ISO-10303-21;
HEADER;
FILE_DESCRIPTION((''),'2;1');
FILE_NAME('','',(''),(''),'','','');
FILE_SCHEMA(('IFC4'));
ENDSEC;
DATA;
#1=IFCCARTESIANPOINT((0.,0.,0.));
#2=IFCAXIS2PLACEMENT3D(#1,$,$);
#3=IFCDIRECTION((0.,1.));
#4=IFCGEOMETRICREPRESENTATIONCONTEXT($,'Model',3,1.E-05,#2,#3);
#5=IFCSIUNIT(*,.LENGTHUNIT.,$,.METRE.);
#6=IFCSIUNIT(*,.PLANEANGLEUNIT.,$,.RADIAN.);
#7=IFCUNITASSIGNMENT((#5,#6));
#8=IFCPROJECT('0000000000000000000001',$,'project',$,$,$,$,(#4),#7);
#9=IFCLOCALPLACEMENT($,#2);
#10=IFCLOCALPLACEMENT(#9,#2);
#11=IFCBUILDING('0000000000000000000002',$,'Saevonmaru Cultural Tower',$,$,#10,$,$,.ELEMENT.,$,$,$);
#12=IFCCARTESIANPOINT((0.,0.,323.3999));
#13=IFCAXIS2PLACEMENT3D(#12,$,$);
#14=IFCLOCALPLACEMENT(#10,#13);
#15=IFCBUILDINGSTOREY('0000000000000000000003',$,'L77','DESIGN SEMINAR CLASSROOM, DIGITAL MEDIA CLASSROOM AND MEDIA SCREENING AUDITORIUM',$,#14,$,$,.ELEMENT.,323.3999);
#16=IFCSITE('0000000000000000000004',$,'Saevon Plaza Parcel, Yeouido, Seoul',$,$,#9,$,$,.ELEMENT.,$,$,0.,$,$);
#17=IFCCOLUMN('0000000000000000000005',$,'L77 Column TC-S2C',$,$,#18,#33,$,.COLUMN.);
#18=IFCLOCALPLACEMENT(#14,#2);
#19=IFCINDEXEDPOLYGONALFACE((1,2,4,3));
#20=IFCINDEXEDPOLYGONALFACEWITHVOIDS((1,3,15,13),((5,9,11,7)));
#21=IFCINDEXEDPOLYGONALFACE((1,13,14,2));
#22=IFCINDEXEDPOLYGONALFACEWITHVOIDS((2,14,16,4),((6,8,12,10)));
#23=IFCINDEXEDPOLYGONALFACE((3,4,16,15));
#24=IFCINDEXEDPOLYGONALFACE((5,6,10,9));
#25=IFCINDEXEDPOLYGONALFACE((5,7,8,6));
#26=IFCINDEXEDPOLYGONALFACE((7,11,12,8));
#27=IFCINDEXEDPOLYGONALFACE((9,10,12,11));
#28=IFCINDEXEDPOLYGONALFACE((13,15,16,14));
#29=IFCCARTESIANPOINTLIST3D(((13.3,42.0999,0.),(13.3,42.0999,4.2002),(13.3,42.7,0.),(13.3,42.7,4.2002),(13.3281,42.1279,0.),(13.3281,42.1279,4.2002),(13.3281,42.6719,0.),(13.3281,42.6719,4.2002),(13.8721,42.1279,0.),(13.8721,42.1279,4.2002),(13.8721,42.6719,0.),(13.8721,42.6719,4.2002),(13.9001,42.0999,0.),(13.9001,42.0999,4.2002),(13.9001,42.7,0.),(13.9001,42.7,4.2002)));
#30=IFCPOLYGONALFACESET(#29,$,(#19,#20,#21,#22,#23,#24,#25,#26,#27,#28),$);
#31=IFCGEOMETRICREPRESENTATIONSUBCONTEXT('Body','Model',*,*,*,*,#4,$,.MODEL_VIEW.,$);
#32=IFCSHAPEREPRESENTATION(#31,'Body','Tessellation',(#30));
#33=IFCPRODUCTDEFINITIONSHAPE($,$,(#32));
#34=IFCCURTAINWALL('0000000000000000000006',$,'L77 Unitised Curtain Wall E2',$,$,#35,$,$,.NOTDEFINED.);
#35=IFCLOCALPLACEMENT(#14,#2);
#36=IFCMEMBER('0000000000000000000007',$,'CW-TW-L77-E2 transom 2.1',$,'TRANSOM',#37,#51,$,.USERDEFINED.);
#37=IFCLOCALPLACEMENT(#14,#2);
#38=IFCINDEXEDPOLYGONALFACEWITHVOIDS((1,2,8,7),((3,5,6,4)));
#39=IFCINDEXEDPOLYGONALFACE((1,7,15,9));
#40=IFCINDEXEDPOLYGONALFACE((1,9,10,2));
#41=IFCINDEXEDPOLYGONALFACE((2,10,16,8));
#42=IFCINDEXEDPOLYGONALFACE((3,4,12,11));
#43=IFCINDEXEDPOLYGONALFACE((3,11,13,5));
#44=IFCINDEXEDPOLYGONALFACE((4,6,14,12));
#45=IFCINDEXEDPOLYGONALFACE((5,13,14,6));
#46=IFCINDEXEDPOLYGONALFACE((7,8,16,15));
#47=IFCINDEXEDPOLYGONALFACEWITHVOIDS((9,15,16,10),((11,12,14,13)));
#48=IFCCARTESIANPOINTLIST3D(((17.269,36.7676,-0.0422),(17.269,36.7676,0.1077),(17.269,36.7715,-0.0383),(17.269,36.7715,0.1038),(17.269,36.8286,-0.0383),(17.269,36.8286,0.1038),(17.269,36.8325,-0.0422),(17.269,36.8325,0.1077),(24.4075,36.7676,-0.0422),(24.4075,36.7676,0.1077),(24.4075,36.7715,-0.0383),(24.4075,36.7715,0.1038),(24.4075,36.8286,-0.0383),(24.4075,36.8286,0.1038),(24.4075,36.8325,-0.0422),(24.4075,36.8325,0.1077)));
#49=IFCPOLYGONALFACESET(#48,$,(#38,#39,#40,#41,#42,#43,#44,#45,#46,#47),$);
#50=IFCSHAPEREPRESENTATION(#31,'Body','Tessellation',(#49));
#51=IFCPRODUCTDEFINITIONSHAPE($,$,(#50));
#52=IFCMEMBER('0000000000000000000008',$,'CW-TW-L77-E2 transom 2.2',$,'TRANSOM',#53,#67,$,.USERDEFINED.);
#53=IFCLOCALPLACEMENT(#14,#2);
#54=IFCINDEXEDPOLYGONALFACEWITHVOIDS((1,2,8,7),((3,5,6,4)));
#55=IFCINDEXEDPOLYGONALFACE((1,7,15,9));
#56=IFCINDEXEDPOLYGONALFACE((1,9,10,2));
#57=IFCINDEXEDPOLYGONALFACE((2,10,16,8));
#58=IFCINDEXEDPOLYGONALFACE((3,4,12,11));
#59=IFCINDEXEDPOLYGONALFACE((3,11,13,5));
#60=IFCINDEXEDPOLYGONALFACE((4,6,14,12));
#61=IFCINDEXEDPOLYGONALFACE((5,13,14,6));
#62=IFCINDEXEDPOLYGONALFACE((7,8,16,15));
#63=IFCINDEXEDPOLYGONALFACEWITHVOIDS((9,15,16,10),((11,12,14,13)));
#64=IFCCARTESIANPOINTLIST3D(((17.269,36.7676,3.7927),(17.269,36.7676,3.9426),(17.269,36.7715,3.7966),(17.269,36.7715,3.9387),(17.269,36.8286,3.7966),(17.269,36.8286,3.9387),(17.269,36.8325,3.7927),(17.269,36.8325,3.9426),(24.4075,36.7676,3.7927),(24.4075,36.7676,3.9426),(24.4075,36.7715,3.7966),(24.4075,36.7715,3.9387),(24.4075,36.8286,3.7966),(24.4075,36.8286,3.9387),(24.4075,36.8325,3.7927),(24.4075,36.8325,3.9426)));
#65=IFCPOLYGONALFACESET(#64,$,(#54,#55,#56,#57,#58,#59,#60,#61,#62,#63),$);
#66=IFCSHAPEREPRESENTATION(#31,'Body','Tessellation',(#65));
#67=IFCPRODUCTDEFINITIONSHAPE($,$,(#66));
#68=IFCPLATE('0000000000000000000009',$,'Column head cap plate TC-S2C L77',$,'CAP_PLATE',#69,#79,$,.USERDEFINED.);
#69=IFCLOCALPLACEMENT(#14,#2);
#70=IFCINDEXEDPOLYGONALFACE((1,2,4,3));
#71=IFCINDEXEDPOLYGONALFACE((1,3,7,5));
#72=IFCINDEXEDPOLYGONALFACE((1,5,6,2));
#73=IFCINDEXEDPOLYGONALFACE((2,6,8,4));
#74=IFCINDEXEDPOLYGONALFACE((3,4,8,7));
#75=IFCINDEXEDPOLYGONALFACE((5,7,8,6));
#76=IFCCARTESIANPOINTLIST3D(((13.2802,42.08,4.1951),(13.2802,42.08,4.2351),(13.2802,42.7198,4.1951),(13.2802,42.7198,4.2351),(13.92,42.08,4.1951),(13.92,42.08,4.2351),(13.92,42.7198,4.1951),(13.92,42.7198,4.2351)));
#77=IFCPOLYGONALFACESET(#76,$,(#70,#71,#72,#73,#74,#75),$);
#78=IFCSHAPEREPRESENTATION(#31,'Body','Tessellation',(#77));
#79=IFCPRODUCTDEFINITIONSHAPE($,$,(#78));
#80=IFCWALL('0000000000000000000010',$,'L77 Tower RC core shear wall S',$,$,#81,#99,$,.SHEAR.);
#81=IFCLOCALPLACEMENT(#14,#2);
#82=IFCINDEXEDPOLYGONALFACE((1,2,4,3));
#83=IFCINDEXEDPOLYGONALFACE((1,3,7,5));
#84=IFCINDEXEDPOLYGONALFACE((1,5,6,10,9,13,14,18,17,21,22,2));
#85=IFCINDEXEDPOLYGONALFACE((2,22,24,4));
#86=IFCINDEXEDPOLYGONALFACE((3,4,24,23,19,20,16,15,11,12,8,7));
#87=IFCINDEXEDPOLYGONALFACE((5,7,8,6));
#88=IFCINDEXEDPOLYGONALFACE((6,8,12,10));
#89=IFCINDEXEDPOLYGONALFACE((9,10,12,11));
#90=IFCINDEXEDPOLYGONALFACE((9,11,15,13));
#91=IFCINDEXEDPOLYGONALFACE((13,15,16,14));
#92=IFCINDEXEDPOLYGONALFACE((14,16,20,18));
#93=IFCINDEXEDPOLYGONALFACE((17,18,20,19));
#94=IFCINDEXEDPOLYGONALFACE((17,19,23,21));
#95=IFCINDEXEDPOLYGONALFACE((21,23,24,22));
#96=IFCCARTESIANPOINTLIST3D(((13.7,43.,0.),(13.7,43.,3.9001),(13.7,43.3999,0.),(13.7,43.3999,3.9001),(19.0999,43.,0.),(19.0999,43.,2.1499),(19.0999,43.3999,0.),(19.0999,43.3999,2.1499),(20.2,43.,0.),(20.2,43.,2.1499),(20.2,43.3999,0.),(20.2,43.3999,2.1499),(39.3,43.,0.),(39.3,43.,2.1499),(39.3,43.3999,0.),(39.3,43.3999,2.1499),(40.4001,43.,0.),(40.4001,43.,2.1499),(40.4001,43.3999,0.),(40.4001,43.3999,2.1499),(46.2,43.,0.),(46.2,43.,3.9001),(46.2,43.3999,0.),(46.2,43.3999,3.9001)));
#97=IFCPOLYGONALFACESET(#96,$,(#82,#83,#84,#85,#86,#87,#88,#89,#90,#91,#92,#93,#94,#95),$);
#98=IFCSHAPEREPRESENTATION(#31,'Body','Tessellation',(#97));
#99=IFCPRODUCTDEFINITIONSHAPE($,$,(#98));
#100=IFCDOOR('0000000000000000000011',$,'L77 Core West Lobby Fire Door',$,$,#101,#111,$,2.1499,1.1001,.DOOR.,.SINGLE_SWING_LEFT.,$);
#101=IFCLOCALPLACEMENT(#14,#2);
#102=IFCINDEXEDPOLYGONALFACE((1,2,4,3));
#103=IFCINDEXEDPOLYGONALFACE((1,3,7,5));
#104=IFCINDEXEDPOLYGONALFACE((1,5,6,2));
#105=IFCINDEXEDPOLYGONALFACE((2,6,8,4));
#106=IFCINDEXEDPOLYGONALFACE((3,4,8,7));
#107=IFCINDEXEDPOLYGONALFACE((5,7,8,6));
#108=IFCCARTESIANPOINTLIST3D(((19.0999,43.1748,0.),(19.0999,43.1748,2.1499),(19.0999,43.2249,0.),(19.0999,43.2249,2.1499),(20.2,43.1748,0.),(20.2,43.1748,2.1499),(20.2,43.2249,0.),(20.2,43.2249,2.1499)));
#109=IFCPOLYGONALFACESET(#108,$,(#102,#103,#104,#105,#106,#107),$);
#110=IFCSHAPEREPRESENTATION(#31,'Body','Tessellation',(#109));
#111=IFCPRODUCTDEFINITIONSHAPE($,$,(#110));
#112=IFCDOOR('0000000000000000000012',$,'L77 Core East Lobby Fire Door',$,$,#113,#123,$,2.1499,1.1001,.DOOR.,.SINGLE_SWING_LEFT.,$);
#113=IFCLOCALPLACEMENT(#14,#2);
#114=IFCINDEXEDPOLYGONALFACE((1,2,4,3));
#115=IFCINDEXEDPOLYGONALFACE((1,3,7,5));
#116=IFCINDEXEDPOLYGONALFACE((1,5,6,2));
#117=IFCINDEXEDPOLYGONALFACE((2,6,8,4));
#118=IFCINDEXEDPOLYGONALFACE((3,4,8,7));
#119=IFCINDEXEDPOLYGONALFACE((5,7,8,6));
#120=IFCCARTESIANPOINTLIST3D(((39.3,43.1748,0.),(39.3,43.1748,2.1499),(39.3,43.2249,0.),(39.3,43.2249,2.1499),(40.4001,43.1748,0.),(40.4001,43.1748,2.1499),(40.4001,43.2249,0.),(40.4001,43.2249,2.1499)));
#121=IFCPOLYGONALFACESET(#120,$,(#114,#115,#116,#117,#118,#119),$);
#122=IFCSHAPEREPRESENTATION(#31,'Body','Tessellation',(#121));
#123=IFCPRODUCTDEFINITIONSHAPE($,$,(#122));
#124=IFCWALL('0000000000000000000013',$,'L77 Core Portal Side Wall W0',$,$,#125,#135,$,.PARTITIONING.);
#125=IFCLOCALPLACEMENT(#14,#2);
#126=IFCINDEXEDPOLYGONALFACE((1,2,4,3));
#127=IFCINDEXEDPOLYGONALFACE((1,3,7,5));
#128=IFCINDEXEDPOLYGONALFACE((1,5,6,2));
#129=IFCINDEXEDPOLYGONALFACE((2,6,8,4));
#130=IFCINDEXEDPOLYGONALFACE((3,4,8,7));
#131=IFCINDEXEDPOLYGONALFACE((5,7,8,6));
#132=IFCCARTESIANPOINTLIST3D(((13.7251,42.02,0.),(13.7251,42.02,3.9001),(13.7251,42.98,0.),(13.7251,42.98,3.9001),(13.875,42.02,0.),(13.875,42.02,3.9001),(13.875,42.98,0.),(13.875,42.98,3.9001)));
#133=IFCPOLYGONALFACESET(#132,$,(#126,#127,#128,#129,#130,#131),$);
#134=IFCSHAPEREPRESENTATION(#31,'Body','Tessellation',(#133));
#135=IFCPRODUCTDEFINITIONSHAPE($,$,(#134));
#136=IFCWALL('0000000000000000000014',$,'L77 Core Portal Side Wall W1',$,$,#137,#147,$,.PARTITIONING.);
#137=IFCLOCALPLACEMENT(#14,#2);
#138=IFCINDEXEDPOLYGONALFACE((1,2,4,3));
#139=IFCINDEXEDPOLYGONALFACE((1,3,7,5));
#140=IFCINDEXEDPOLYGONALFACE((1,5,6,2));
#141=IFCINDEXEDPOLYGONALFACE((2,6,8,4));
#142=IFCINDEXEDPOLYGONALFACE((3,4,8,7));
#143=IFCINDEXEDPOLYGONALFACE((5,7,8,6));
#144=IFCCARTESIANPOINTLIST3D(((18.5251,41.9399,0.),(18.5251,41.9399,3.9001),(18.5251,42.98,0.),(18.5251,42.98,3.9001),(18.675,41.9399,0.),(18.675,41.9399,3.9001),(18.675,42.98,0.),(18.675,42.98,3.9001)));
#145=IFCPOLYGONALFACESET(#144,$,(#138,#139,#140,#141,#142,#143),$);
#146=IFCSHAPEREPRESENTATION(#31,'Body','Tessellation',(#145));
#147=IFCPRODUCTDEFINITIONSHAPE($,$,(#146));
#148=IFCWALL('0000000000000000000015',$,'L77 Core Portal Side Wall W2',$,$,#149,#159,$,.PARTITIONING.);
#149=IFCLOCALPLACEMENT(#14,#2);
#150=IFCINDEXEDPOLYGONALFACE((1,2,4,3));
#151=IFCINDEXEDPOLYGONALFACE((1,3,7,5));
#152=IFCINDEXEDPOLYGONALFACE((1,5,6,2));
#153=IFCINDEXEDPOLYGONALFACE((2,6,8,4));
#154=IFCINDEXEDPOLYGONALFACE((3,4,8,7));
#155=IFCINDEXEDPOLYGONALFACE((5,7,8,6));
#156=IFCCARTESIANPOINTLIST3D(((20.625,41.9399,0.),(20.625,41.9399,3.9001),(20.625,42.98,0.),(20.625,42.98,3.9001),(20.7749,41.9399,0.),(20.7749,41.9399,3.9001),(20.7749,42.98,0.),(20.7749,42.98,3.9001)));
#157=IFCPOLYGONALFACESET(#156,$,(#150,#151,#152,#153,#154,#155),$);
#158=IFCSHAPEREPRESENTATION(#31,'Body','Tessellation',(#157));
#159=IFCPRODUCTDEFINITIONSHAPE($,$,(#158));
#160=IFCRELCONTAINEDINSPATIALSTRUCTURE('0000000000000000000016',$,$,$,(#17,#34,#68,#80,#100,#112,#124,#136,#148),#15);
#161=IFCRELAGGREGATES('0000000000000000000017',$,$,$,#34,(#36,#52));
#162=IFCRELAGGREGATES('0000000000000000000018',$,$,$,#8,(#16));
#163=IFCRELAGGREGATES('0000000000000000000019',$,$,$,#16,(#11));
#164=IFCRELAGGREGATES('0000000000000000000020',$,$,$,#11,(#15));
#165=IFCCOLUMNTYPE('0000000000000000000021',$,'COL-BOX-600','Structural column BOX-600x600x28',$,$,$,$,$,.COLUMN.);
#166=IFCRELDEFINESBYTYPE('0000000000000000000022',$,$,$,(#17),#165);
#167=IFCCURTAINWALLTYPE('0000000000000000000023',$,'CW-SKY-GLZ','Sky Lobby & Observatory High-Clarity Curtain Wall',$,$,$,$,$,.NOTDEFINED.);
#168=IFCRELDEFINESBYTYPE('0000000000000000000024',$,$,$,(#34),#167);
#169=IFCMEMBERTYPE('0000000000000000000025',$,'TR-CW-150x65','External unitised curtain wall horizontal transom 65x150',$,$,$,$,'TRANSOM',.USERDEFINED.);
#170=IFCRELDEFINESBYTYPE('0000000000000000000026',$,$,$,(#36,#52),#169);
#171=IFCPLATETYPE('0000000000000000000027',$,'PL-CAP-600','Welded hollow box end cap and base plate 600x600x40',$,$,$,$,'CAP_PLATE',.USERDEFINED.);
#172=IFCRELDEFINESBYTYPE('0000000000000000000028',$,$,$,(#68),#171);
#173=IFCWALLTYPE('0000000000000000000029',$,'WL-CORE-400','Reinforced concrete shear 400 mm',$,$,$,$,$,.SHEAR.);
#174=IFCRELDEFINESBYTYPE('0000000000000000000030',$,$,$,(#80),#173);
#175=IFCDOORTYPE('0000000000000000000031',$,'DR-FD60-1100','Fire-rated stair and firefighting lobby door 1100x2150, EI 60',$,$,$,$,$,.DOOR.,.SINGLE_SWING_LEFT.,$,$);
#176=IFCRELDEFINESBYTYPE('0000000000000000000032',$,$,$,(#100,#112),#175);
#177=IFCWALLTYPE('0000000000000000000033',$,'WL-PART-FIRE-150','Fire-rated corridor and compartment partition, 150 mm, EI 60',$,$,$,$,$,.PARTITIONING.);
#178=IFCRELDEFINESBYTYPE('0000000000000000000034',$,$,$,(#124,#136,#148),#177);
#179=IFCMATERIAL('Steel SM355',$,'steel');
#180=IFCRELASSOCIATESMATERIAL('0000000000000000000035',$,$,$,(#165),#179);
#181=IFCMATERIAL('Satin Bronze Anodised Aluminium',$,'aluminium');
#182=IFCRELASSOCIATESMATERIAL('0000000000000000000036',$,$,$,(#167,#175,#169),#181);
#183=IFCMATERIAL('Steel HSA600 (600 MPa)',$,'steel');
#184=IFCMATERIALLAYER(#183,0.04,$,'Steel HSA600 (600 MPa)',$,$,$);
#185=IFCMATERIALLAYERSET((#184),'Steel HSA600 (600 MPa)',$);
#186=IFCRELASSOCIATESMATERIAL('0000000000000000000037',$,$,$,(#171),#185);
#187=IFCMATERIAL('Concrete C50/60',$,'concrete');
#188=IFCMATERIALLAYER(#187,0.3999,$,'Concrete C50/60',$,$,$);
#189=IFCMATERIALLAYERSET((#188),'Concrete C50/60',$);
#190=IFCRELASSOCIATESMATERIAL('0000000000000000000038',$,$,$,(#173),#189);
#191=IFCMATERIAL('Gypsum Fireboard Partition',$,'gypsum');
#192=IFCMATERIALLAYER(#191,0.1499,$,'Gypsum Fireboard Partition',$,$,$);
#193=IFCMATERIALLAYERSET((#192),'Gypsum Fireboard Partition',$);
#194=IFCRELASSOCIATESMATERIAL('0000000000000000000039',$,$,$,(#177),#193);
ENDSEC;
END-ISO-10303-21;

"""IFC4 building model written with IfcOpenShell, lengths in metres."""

from ifc_helpers import new_model, si_unit, direction, frame, frame_2d, origin, origin_2d, place, context, subcontext, project, spatial, rectangle, hollow_rectangle, extrude, material, layer, layer_set, material_profile, profile_set, type_object, element, fill, aggregate, save


model = new_model("IFC4")

# Units and contexts
model_context = context("Model", 3, precision=1e-05, world=origin(), true_north=direction((0.0, 1.0)))
body_context = subcontext(model_context, "Body", "Model", "MODEL_VIEW")
ifc_project = project(units=[si_unit("LENGTHUNIT", "METRE"), si_unit("PLANEANGLEUNIT", "RADIAN")], contexts=[model_context])

# Site, building, storey
site_placement = place(None, origin())
site = spatial("IfcSite", under=ifc_project, at=site_placement, Name="Saevon Plaza Parcel, Yeouido, Seoul", CompositionType="ELEMENT", RefElevation=0.0)
building_placement = place(site_placement, origin())
building = spatial("IfcBuilding", under=site, at=building_placement, Name="Saevonmaru Cultural Tower", CompositionType="ELEMENT")
storey_placement = place(building_placement, frame((0.0, 0.0, 323.3999)))
storey = spatial("IfcBuildingStorey", under=building, at=storey_placement, Name="L77", Description="DESIGN SEMINAR CLASSROOM, DIGITAL MEDIA CLASSROOM AND MEDIA SCREENING AUDITORIUM", CompositionType="ELEMENT", Elevation=323.3999)

# Column
ifc_material_1 = material(Name="Steel SM355", Category="steel")
ifc_material_profile_1 = material_profile(ifc_material_1, hollow_rectangle(XDim=0.6001, YDim=0.6001, WallThickness=0.0281, at=origin_2d()), Name="BOX-600x600x28")
ifc_profile_set_1 = profile_set([ifc_material_profile_1], Name="Steel SM355")
column_type = type_object("IfcColumnType", Name="COL-BOX-600", Description="Structural column BOX-600x600x28", PredefinedType="COLUMN", material=ifc_profile_set_1)
column_placement = place(storey_placement, frame((13.6001, 42.3999, 0.0), z_axis=(0.0, 0.0, 1.0), x_axis=(1.0, 0.0, 0.0)))
element("IfcColumn", 1, at=column_placement, inside=storey, type_object=column_type, Name="L77 Column TC-S2C", PredefinedType="COLUMN", context=body_context, shape_type="SweptSolid", body=[
    extrude(hollow_rectangle(XDim=0.6001, YDim=0.6001, WallThickness=0.0281, at=origin_2d()), origin(), (0.0, 0.0, 1.0), 4.2002),
])

# Curtain wall, members
ifc_material_2 = material(Name="Satin Bronze Anodised Aluminium", Category="aluminium")
curtain_wall_type = type_object("IfcCurtainWallType", Name="CW-SKY-GLZ", Description="Sky Lobby & Observatory High-Clarity Curtain Wall", PredefinedType="NOTDEFINED", material=ifc_material_2)
curtain_wall_placement = place(storey_placement, origin())
curtain_wall = element("IfcCurtainWall", 2, at=curtain_wall_placement, inside=storey, type_object=curtain_wall_type, Name="L77 Unitised Curtain Wall E2", PredefinedType="NOTDEFINED")
ifc_material_profile_2 = material_profile(ifc_material_2, hollow_rectangle(XDim=0.0649, YDim=0.1499, WallThickness=0.0039, at=origin_2d()), Name="ALU-TRAN-150x65x4")
ifc_profile_set_2 = profile_set([ifc_material_profile_2], Name="Satin Bronze Anodised Aluminium")
member_type = type_object("IfcMemberType", Name="TR-CW-150x65", Description="External unitised curtain wall horizontal transom 65x150", ElementType="TRANSOM", PredefinedType="USERDEFINED", material=ifc_profile_set_2)
member_1_placement = place(storey_placement, frame((17.269, 36.8, 0.0327), z_axis=(1.0, 0.0, 0.0), x_axis=(0.0, 1.0, 0.0)))
member_1 = element("IfcMember", 3, at=member_1_placement, type_object=member_type, Name="CW-TW-L77-E2 transom 2.1", ObjectType="TRANSOM", PredefinedType="USERDEFINED", context=body_context, shape_type="SweptSolid", body=[
    extrude(hollow_rectangle(XDim=0.0649, YDim=0.1499, WallThickness=0.0039, at=origin_2d()), origin(), (0.0, 0.0, 1.0), 7.1384),
])
member_2_placement = place(storey_placement, frame((17.269, 36.8, 3.8677), z_axis=(1.0, 0.0, 0.0), x_axis=(0.0, 1.0, 0.0)))
member_2 = element("IfcMember", 4, at=member_2_placement, type_object=member_type, Name="CW-TW-L77-E2 transom 2.2", ObjectType="TRANSOM", PredefinedType="USERDEFINED", context=body_context, shape_type="SweptSolid", body=[
    extrude(hollow_rectangle(XDim=0.0649, YDim=0.1499, WallThickness=0.0039, at=origin_2d()), origin(), (0.0, 0.0, 1.0), 7.1384),
])
aggregate(curtain_wall, [member_1, member_2])

# Plate
ifc_material_3 = material(Name="Steel HSA600 (600 MPa)", Category="steel")
ifc_layer_1 = layer(ifc_material_3, 0.04, Name="Steel HSA600 (600 MPa)")
ifc_layer_set_1 = layer_set([ifc_layer_1], Name="Steel HSA600 (600 MPa)")
plate_type = type_object("IfcPlateType", Name="PL-CAP-600", Description="Welded hollow box end cap and base plate 600x600x40", ElementType="CAP_PLATE", PredefinedType="USERDEFINED", material=ifc_layer_set_1)
plate_placement = place(storey_placement, frame((13.6001, 42.3999, 4.1951), z_axis=(0.0, 0.0, 1.0), x_axis=(1.0, 0.0, 0.0)))
element("IfcPlate", 5, at=plate_placement, inside=storey, type_object=plate_type, Name="Column head cap plate TC-S2C L77", ObjectType="CAP_PLATE", PredefinedType="USERDEFINED", context=body_context, shape_type="SweptSolid", body=[
    extrude(rectangle(XDim=0.6399, YDim=0.6399, at=origin_2d()), origin(), (0.0, 0.0, 1.0), 0.04),
])

# Wall, openings, doors
ifc_material_4 = material(Name="Concrete C50/60", Category="concrete")
ifc_layer_2 = layer(ifc_material_4, 0.3999, Name="Concrete C50/60")
ifc_layer_set_2 = layer_set([ifc_layer_2], Name="Concrete C50/60")
wall_type_1 = type_object("IfcWallType", Name="WL-CORE-400", Description="Reinforced concrete shear 400 mm", PredefinedType="SHEAR", material=ifc_layer_set_2)
wall_1_placement = place(storey_placement, frame((13.7, 43.2, 0.0), z_axis=(0.0, 0.0, 1.0), x_axis=(1.0, 0.0, 0.0)))
wall_1 = element("IfcWall", 6, at=wall_1_placement, inside=storey, type_object=wall_type_1, Name="L77 Tower RC core shear wall S", PredefinedType="SHEAR", context=body_context, shape_type="SweptSolid", body=[
    extrude(rectangle(XDim=32.5, YDim=0.3999, at=frame_2d((16.25, 0.0))), origin(), (0.0, 0.0, 1.0), 3.9001),
])
opening_1_placement = place(wall_1_placement, frame((5.3999, 0.0, 0.0)))
opening_1 = element("IfcOpeningElement", 7, at=opening_1_placement, cuts=wall_1, PredefinedType="OPENING", context=body_context, shape_type="SweptSolid", body=[
    extrude(rectangle(XDim=1.1001, YDim=2.1499, at=frame_2d((0.55, 1.075))), frame((0.0, 0.21, 0.0), z_axis=(0.0, -1.0, 0.0), x_axis=(1.0, 0.0, 0.0)), (0.0, 0.0, 1.0), 0.4199),
])
opening_2_placement = place(wall_1_placement, frame((25.6001, 0.0, 0.0)))
opening_2 = element("IfcOpeningElement", 8, at=opening_2_placement, cuts=wall_1, PredefinedType="OPENING", context=body_context, shape_type="SweptSolid", body=[
    extrude(rectangle(XDim=1.1001, YDim=2.1499, at=frame_2d((0.55, 1.075))), frame((0.0, 0.21, 0.0), z_axis=(0.0, -1.0, 0.0), x_axis=(1.0, 0.0, 0.0)), (0.0, 0.0, 1.0), 0.4199),
])
door_type_1 = type_object("IfcDoorType", Name="DR-FD60-1100", Description="Fire-rated stair and firefighting lobby door 1100x2150, EI 60", OperationType="SINGLE_SWING_LEFT", PredefinedType="DOOR", material=ifc_material_2)
door_1_placement = place(opening_1_placement, origin())
door_1 = element("IfcDoor", 9, at=door_1_placement, inside=storey, type_object=door_type_1, Name="L77 Core West Lobby Fire Door", OperationType="SINGLE_SWING_LEFT", OverallHeight=2.1499, OverallWidth=1.1001, PredefinedType="DOOR", context=body_context, shape_type="SweptSolid", body=[
    extrude(rectangle(XDim=1.1001, YDim=2.1499, at=frame_2d((0.55, 1.075))), frame((0.0, 0.0249, 0.0), z_axis=(0.0, -1.0, 0.0), x_axis=(1.0, 0.0, 0.0)), (0.0, 0.0, 1.0), 0.05),
])
fill(opening_1, door_1)
door_2_placement = place(opening_2_placement, origin())
door_2 = element("IfcDoor", 10, at=door_2_placement, inside=storey, type_object=door_type_1, Name="L77 Core East Lobby Fire Door", OperationType="SINGLE_SWING_LEFT", OverallHeight=2.1499, OverallWidth=1.1001, PredefinedType="DOOR", context=body_context, shape_type="SweptSolid", body=[
    extrude(rectangle(XDim=1.1001, YDim=2.1499, at=frame_2d((0.55, 1.075))), frame((0.0, 0.0249, 0.0), z_axis=(0.0, -1.0, 0.0), x_axis=(1.0, 0.0, 0.0)), (0.0, 0.0, 1.0), 0.05),
])
fill(opening_2, door_2)

# Walls
ifc_material_5 = material(Name="Gypsum Fireboard Partition", Category="gypsum")
ifc_layer_3 = layer(ifc_material_5, 0.1499, Name="Gypsum Fireboard Partition")
ifc_layer_set_3 = layer_set([ifc_layer_3], Name="Gypsum Fireboard Partition")
wall_type_2 = type_object("IfcWallType", Name="WL-PART-FIRE-150", Description="Fire-rated corridor and compartment partition, 150 mm, EI 60", PredefinedType="PARTITIONING", material=ifc_layer_set_3)
wall_2_placement = place(storey_placement, frame((13.8, 42.02, 0.0), z_axis=(0.0, 0.0, 1.0), x_axis=(0.0, 1.0, 0.0)))
element("IfcWall", 11, at=wall_2_placement, inside=storey, type_object=wall_type_2, Name="L77 Core Portal Side Wall W0", PredefinedType="PARTITIONING", context=body_context, shape_type="SweptSolid", body=[
    extrude(rectangle(XDim=0.96, YDim=0.1499, at=frame_2d((0.48, 0.0))), origin(), (0.0, 0.0, 1.0), 3.9001),
])
for number, where, z_axis, x_axis, name in (
    (12, (18.6001, 41.9399, 0.0), (0.0, 0.0, 1.0), (0.0, 1.0, 0.0), "L77 Core Portal Side Wall W1"),
    (13, (20.7, 41.9399, 0.0), (0.0, 0.0, 1.0), (0.0, 1.0, 0.0), "L77 Core Portal Side Wall W2"),
):
    element("IfcWall", number, at=place(storey_placement, frame(where, z_axis=z_axis, x_axis=x_axis)), inside=storey, type_object=wall_type_2, Name=name, PredefinedType="PARTITIONING", context=body_context, shape_type="SweptSolid", body=[
        extrude(rectangle(XDim=1.04, YDim=0.1499, at=frame_2d((0.52, 0.0))), origin(), (0.0, 0.0, 1.0), 3.9001),
    ])

save(model, "model.ifc")
